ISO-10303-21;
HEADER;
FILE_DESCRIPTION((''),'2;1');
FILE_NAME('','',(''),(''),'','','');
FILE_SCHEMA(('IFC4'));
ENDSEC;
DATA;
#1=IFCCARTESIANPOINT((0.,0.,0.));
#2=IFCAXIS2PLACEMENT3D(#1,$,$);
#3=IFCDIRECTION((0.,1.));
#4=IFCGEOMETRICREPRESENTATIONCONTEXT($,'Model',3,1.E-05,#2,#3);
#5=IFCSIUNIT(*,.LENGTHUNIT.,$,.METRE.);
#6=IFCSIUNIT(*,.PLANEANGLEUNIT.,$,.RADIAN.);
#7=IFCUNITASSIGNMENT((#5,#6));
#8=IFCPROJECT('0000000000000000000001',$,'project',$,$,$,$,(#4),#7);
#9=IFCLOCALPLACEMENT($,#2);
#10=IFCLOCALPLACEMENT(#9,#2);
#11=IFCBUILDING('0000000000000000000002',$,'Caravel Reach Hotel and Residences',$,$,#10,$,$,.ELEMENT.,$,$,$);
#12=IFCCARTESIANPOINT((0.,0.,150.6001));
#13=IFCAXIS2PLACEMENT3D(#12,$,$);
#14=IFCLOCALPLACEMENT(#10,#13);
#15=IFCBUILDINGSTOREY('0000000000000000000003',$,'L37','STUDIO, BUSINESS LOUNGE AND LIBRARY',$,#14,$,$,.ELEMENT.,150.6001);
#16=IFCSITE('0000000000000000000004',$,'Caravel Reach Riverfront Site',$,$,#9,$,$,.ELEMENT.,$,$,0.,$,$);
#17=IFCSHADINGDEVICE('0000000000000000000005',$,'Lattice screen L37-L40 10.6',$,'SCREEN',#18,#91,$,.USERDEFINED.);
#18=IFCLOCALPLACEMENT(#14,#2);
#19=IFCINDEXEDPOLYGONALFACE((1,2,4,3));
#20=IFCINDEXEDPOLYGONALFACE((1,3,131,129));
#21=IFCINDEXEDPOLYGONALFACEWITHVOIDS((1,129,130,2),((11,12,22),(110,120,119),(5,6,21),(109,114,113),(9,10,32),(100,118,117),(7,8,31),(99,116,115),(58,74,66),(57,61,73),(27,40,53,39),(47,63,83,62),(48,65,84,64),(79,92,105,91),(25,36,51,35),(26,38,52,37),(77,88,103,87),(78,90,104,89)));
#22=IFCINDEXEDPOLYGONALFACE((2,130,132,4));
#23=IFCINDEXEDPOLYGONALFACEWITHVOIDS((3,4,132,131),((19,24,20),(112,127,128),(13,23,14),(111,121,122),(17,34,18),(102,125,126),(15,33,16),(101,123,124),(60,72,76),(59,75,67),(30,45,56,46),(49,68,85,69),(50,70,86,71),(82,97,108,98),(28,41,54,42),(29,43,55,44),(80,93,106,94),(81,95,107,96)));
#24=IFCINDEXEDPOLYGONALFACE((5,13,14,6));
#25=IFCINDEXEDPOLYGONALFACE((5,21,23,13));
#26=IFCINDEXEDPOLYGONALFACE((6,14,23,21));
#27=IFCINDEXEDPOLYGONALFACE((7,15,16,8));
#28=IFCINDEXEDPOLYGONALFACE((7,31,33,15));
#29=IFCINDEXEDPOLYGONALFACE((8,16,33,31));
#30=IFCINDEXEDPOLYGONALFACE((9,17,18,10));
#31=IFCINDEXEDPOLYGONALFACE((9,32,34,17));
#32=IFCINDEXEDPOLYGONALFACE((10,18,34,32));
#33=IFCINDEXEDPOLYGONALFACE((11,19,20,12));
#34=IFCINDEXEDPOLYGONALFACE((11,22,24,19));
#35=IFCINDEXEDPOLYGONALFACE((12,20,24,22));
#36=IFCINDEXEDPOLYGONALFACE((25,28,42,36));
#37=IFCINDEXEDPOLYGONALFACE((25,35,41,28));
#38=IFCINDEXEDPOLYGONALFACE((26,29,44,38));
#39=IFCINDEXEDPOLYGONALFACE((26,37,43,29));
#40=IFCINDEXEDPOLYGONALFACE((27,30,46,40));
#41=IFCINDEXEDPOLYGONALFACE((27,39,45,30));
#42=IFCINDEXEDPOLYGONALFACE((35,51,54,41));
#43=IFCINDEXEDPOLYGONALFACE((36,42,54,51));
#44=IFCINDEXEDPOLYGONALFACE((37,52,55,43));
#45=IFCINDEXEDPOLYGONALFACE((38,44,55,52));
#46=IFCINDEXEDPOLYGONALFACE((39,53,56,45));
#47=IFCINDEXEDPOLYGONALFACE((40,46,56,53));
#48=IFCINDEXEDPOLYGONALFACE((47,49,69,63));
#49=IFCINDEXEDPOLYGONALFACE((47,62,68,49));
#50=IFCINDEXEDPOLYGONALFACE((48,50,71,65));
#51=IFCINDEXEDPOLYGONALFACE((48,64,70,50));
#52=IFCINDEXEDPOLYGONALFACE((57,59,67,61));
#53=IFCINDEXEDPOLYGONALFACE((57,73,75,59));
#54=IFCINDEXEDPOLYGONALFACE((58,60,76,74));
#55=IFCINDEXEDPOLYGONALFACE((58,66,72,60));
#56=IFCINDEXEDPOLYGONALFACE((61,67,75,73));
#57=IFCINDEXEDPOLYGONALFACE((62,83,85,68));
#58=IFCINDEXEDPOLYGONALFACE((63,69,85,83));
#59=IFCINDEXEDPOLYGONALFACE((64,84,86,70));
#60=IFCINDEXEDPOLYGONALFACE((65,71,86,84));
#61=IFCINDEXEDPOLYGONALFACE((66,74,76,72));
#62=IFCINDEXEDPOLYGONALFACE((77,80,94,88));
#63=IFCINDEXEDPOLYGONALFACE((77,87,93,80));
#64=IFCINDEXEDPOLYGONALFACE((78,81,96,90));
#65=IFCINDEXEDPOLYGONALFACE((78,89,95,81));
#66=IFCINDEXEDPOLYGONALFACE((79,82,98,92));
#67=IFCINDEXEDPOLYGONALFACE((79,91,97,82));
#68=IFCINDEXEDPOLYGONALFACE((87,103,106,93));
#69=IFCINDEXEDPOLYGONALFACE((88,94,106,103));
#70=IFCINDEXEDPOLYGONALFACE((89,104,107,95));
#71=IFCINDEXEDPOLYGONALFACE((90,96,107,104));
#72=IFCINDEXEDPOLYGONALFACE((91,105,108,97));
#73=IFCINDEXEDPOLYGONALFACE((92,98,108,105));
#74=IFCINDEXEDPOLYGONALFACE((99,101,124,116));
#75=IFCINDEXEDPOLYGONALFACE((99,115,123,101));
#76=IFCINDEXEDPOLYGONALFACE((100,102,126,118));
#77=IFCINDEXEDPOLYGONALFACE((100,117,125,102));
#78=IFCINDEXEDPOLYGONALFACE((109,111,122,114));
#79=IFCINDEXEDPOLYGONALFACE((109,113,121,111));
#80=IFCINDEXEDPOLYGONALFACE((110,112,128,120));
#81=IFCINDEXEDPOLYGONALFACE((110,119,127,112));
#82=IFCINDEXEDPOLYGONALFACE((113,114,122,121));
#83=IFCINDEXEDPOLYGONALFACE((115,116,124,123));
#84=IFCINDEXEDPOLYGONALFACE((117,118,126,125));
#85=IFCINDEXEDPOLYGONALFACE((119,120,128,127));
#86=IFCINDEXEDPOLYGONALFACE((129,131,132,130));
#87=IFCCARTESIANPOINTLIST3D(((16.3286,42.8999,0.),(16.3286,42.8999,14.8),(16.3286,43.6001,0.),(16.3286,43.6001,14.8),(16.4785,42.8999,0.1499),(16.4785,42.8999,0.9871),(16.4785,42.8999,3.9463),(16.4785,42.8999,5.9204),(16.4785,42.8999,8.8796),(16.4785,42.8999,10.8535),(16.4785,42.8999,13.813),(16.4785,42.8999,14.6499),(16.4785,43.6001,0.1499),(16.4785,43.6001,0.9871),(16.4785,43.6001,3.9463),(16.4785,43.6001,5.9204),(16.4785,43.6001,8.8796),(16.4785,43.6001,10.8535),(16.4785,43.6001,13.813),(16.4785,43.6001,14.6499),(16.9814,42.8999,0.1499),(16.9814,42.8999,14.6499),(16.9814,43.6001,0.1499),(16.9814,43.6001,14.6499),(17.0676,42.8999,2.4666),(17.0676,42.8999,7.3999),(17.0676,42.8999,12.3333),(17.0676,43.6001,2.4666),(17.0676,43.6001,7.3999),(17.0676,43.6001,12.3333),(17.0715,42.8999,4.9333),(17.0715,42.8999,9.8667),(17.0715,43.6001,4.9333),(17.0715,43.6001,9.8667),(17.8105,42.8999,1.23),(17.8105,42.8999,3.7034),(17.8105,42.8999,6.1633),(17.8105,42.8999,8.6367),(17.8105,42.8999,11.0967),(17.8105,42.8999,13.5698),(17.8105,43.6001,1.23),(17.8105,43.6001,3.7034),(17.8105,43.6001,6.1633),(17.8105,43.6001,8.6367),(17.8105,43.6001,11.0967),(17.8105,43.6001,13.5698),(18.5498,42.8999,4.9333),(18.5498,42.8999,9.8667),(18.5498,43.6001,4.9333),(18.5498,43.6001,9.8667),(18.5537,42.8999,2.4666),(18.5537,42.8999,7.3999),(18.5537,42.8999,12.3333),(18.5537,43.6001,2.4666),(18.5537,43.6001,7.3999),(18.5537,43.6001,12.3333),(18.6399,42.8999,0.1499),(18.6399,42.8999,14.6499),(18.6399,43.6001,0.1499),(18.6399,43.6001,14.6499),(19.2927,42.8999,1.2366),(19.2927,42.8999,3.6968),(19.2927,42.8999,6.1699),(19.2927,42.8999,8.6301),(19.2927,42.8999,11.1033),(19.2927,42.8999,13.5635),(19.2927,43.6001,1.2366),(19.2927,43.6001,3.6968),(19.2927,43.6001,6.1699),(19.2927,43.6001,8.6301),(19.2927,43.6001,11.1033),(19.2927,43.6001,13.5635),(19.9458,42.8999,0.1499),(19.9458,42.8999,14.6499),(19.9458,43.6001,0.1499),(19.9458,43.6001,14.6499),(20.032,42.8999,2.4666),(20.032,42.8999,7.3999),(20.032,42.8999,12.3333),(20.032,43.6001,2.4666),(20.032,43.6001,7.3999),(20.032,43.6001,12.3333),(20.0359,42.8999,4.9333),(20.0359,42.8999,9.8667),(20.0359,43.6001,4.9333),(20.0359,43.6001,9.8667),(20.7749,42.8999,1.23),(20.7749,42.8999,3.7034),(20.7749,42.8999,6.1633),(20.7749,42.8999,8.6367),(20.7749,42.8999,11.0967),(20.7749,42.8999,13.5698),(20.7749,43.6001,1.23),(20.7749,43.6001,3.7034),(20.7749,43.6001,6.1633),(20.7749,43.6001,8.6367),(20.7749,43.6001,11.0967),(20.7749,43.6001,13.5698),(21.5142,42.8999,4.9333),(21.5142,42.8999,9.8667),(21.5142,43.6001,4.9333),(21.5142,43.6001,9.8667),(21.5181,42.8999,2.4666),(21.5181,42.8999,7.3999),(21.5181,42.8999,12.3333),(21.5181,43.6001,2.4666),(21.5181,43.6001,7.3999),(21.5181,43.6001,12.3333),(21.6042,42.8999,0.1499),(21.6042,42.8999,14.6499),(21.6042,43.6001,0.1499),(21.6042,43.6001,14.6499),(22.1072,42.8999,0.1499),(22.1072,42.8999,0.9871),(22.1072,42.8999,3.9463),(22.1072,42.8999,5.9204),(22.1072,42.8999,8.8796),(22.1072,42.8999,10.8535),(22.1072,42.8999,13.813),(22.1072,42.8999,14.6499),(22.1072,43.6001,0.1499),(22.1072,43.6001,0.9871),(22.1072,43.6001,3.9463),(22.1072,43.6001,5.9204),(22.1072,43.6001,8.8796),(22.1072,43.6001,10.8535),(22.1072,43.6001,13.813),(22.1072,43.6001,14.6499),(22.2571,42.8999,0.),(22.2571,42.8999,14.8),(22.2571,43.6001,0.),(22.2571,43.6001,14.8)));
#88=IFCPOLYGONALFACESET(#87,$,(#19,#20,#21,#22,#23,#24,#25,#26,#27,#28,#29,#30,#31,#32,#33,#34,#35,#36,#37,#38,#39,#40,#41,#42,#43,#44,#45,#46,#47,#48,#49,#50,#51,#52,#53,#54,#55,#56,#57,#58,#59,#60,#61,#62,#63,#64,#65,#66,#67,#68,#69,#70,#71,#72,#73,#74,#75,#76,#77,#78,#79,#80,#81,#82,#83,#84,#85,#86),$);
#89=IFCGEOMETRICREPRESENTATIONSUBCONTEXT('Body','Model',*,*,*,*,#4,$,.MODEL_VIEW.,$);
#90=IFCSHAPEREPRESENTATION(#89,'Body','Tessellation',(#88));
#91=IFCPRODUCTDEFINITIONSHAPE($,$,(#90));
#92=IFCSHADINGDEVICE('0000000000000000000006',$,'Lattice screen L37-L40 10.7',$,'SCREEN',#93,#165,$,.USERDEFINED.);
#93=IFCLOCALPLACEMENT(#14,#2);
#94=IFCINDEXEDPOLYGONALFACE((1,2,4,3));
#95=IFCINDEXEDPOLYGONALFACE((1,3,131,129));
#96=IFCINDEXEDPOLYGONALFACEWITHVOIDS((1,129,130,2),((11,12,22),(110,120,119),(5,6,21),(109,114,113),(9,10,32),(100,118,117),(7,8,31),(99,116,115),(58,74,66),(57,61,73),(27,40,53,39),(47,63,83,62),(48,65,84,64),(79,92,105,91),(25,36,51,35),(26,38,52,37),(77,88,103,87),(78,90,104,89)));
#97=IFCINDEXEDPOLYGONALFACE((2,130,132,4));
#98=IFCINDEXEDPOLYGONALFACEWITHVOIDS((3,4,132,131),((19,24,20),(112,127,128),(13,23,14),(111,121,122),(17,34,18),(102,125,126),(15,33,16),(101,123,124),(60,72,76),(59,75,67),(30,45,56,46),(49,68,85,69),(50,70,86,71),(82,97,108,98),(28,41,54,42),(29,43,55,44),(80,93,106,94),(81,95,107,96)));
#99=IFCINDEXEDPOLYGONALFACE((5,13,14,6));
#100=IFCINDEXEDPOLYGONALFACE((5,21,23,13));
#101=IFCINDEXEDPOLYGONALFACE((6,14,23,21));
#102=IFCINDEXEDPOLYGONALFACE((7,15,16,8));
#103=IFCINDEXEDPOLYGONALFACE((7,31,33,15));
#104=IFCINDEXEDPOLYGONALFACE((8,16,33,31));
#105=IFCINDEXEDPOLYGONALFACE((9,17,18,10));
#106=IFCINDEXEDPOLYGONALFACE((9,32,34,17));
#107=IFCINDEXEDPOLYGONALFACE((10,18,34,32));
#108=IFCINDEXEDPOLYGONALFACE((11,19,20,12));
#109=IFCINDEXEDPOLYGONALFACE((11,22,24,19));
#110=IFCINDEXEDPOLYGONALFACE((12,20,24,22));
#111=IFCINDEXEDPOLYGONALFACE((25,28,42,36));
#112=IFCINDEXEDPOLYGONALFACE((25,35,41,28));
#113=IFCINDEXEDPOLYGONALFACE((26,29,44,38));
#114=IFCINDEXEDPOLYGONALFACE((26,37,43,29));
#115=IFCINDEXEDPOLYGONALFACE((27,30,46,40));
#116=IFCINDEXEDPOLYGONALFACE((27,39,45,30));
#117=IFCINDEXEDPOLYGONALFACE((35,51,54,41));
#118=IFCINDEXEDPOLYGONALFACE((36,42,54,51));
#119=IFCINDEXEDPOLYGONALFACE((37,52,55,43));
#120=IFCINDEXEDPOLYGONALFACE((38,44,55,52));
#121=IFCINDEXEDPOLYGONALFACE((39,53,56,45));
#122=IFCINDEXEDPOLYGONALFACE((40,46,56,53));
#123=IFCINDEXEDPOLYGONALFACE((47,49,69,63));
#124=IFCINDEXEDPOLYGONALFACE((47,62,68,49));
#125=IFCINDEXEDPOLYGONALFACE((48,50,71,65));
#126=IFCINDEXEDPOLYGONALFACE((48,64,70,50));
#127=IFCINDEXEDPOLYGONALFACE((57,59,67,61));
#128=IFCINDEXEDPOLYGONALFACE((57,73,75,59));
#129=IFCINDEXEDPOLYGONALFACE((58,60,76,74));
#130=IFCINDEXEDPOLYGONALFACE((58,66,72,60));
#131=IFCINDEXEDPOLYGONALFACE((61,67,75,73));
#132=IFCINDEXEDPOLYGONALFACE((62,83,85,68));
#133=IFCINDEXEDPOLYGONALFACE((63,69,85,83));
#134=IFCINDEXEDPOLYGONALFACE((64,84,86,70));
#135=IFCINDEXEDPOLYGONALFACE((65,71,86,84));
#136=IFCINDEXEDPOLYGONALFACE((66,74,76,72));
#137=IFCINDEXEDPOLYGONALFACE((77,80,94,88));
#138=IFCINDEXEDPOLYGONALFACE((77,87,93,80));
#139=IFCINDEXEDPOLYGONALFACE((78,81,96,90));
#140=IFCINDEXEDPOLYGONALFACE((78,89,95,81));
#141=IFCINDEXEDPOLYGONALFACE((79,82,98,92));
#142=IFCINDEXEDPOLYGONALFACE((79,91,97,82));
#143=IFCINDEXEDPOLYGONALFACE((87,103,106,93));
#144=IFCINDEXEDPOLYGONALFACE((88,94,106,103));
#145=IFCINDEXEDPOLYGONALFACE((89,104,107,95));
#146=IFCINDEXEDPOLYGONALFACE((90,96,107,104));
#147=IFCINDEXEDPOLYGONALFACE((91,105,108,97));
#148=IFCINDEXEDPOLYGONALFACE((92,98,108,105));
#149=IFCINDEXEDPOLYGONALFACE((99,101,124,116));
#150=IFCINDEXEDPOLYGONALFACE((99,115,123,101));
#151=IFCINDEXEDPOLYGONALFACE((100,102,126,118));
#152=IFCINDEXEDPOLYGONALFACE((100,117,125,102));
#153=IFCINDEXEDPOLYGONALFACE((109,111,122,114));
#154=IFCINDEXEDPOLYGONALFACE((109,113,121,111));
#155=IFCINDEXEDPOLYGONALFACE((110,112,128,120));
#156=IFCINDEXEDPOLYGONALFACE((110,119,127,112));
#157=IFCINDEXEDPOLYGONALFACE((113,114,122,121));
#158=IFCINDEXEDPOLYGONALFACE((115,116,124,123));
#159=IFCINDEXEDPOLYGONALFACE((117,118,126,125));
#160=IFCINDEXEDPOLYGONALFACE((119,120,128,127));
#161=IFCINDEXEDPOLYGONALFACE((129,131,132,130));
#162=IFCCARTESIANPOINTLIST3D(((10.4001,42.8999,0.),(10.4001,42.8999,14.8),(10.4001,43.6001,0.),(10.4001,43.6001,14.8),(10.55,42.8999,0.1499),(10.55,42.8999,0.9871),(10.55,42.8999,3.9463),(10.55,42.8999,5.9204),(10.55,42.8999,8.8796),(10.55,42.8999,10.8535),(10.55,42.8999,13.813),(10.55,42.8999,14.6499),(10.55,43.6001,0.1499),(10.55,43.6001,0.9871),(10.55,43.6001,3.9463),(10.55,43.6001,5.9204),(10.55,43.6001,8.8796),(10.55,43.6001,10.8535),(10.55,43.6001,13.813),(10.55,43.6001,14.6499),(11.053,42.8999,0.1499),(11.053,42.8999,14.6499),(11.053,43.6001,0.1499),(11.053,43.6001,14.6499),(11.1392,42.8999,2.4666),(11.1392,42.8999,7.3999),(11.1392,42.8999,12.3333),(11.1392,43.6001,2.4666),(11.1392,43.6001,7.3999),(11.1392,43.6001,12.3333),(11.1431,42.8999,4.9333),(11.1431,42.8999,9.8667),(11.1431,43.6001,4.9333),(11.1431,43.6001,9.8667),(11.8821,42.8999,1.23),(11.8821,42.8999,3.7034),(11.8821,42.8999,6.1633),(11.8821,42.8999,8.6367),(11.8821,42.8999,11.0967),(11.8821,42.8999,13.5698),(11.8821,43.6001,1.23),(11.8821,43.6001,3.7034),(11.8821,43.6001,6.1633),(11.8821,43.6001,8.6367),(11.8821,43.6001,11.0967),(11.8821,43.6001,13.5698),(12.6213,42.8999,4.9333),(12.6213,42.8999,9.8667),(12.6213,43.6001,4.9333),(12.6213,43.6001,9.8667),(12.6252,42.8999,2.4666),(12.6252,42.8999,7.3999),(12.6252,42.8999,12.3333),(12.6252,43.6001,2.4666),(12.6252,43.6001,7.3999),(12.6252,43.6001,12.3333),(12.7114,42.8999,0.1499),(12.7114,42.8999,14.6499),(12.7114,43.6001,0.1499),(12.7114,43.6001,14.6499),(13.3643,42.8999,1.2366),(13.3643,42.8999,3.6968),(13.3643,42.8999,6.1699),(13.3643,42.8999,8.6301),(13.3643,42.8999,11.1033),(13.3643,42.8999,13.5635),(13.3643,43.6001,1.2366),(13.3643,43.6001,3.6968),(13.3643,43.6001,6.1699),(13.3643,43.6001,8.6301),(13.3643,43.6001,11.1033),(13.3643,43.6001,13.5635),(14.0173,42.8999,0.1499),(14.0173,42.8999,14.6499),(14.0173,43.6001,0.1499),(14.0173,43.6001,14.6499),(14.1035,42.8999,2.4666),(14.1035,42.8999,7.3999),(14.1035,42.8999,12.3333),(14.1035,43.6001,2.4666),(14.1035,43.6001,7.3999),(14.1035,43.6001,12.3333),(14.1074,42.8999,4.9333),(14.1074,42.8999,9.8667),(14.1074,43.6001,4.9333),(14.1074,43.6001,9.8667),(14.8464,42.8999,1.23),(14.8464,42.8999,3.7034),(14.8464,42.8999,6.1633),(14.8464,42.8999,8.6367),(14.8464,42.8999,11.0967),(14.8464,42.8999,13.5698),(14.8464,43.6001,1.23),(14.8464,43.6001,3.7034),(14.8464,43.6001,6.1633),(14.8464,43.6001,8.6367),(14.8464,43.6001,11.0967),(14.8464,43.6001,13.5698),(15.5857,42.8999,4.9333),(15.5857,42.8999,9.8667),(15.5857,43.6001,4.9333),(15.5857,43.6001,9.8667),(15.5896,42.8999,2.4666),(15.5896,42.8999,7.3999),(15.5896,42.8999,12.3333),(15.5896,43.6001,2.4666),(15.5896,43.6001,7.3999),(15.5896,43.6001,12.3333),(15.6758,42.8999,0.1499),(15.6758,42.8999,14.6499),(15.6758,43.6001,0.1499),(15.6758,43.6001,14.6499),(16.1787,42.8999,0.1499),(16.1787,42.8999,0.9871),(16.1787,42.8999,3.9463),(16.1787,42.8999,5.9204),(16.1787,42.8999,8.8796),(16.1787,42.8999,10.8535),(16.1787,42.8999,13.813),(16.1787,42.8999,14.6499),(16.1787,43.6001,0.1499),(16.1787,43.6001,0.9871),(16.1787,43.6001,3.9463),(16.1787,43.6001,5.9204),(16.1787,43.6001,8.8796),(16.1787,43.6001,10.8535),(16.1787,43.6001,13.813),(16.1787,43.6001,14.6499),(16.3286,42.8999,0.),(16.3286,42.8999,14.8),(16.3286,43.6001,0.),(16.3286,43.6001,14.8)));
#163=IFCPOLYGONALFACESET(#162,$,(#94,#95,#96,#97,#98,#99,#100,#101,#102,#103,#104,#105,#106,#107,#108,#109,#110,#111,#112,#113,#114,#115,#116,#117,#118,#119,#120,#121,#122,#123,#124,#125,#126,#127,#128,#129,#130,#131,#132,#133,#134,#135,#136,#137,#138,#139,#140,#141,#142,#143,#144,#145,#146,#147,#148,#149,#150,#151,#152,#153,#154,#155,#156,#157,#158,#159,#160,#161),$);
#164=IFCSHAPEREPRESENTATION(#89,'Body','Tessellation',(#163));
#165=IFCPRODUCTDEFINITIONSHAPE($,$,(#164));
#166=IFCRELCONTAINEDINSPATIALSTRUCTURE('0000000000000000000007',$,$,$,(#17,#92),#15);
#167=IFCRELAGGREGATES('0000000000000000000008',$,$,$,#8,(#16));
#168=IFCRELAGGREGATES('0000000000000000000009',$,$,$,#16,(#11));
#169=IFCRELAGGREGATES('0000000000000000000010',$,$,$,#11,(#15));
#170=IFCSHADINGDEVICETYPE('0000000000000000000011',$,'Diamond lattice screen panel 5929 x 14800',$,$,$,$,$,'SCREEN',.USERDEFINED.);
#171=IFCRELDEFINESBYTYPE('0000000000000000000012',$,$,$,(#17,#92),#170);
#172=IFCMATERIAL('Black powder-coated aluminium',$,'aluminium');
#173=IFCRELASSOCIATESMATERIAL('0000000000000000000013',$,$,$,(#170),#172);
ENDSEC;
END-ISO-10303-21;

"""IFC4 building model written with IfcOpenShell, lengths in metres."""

from ifc_helpers import new_model, si_unit, direction, frame, origin, place, context, subcontext, project, spatial, polyline, outline, extrude, material, type_object, element, save


model = new_model("IFC4")

# Units and contexts
model_context = context("Model", 3, precision=1e-05, world=origin(), true_north=direction((0.0, 1.0)))
body_context = subcontext(model_context, "Body", "Model", "MODEL_VIEW")
ifc_project = project(units=[si_unit("LENGTHUNIT", "METRE"), si_unit("PLANEANGLEUNIT", "RADIAN")], contexts=[model_context])

# Site, building, storey
site_placement = place(None, origin())
site = spatial("IfcSite", under=ifc_project, at=site_placement, Name="Caravel Reach Riverfront Site", CompositionType="ELEMENT", RefElevation=0.0)
building_placement = place(site_placement, origin())
building = spatial("IfcBuilding", under=site, at=building_placement, Name="Caravel Reach Hotel and Residences", CompositionType="ELEMENT")
storey_placement = place(building_placement, frame((0.0, 0.0, 150.6001)))
storey = spatial("IfcBuildingStorey", under=building, at=storey_placement, Name="L37", Description="STUDIO, BUSINESS LOUNGE AND LIBRARY", CompositionType="ELEMENT", Elevation=150.6001)

# Shading devices
ifc_material_1 = material(Name="Black powder-coated aluminium", Category="aluminium")
shading_device_type = type_object("IfcShadingDeviceType", Name="Diamond lattice screen panel 5929 x 14800", ElementType="SCREEN", PredefinedType="USERDEFINED", material=ifc_material_1)
shading_device_1_placement = place(storey_placement, frame((22.2571, 42.8999, 0.0), z_axis=(0.0, 1.0, 0.0), x_axis=(-1.0, 0.0, 0.0)))
element("IfcShadingDevice", 1, at=shading_device_1_placement, inside=storey, type_object=shading_device_type, Name="Lattice screen L37-L40 10.6", ObjectType="SCREEN", PredefinedType="USERDEFINED", context=body_context, shape_type="SweptSolid", body=[
    extrude(outline(polyline([(0.0, 0.0), (5.9285, 0.0), (5.9285, 14.8), (0.0, 14.8), (0.0, 0.0)]), holes=[polyline([(0.6528, 0.1499), (0.1499, 0.9871), (0.1499, 0.1499), (0.6528, 0.1499)]), polyline([(0.7429, 4.9333), (0.1499, 5.9204), (0.1499, 3.9463), (0.7429, 4.9333)]), polyline([(0.7429, 9.8667), (0.1499, 10.8535), (0.1499, 8.8796), (0.7429, 9.8667)]), polyline([(0.1499, 13.813), (0.6528, 14.6499), (0.1499, 14.6499), (0.1499, 13.813)]), polyline([(1.4822, 3.7034), (0.739, 2.4666), (1.4822, 1.23), (2.2251, 2.4666), (1.4822, 3.7034)]), polyline([(1.4822, 8.6367), (0.739, 7.3999), (1.4822, 6.1633), (2.2251, 7.3999), (1.4822, 8.6367)]), polyline([(1.4822, 13.5698), (0.739, 12.3333), (1.4822, 11.0967), (2.2251, 12.3333), (1.4822, 13.5698)]), polyline([(2.9644, 1.2366), (2.3113, 0.1499), (3.6172, 0.1499), (2.9644, 1.2366)]), polyline([(2.9644, 6.1699), (2.2212, 4.9333), (2.9644, 3.6968), (3.7073, 4.9333), (2.9644, 6.1699)]), polyline([(2.9644, 11.1033), (2.2212, 9.8667), (2.9644, 8.6301), (3.7073, 9.8667), (2.9644, 11.1033)]), polyline([(2.9644, 13.5635), (3.6172, 14.6499), (2.3113, 14.6499), (2.9644, 13.5635)]), polyline([(4.4465, 3.7034), (3.7034, 2.4666), (4.4465, 1.23), (5.1895, 2.4666), (4.4465, 3.7034)]), polyline([(4.4465, 8.6367), (3.7034, 7.3999), (4.4465, 6.1633), (5.1895, 7.3999), (4.4465, 8.6367)]), polyline([(4.4465, 13.5698), (3.7034, 12.3333), (4.4465, 11.0967), (5.1895, 12.3333), (4.4465, 13.5698)]), polyline([(5.7786, 0.9871), (5.2756, 0.1499), (5.7786, 0.1499), (5.7786, 0.9871)]), polyline([(5.1855, 4.9333), (5.7786, 3.9463), (5.7786, 5.9204), (5.1855, 4.9333)]), polyline([(5.1855, 9.8667), (5.7786, 8.8796), (5.7786, 10.8535), (5.1855, 9.8667)]), polyline([(5.2756, 14.6499), (5.7786, 13.813), (5.7786, 14.6499), (5.2756, 14.6499)])]), origin(), (0.0, 0.0, 1.0), 0.7002),
])
shading_device_2_placement = place(storey_placement, frame((16.3286, 42.8999, 0.0), z_axis=(0.0, 1.0, 0.0), x_axis=(-1.0, 0.0, 0.0)))
element("IfcShadingDevice", 2, at=shading_device_2_placement, inside=storey, type_object=shading_device_type, Name="Lattice screen L37-L40 10.7", ObjectType="SCREEN", PredefinedType="USERDEFINED", context=body_context, shape_type="SweptSolid", body=[
    extrude(outline(polyline([(0.0, 0.0), (5.9285, 0.0), (5.9285, 14.8), (0.0, 14.8), (0.0, 0.0)]), holes=[polyline([(0.6528, 0.1499), (0.1499, 0.9871), (0.1499, 0.1499), (0.6528, 0.1499)]), polyline([(0.7429, 4.9333), (0.1499, 5.9204), (0.1499, 3.9463), (0.7429, 4.9333)]), polyline([(0.7429, 9.8667), (0.1499, 10.8535), (0.1499, 8.8796), (0.7429, 9.8667)]), polyline([(0.1499, 13.813), (0.6528, 14.6499), (0.1499, 14.6499), (0.1499, 13.813)]), polyline([(1.4822, 3.7034), (0.739, 2.4666), (1.4822, 1.23), (2.2251, 2.4666), (1.4822, 3.7034)]), polyline([(1.4822, 8.6367), (0.739, 7.3999), (1.4822, 6.1633), (2.2251, 7.3999), (1.4822, 8.6367)]), polyline([(1.4822, 13.5698), (0.739, 12.3333), (1.4822, 11.0967), (2.2251, 12.3333), (1.4822, 13.5698)]), polyline([(2.9644, 1.2366), (2.3113, 0.1499), (3.6172, 0.1499), (2.9644, 1.2366)]), polyline([(2.9644, 6.1699), (2.2212, 4.9333), (2.9644, 3.6968), (3.7073, 4.9333), (2.9644, 6.1699)]), polyline([(2.9644, 11.1033), (2.2212, 9.8667), (2.9644, 8.6301), (3.7073, 9.8667), (2.9644, 11.1033)]), polyline([(2.9644, 13.5635), (3.6172, 14.6499), (2.3113, 14.6499), (2.9644, 13.5635)]), polyline([(4.4465, 3.7034), (3.7034, 2.4666), (4.4465, 1.23), (5.1895, 2.4666), (4.4465, 3.7034)]), polyline([(4.4465, 8.6367), (3.7034, 7.3999), (4.4465, 6.1633), (5.1895, 7.3999), (4.4465, 8.6367)]), polyline([(4.4465, 13.5698), (3.7034, 12.3333), (4.4465, 11.0967), (5.1895, 12.3333), (4.4465, 13.5698)]), polyline([(5.7786, 0.9871), (5.2756, 0.1499), (5.7786, 0.1499), (5.7786, 0.9871)]), polyline([(5.1855, 4.9333), (5.7786, 3.9463), (5.7786, 5.9204), (5.1855, 4.9333)]), polyline([(5.1855, 9.8667), (5.7786, 8.8796), (5.7786, 10.8535), (5.1855, 9.8667)]), polyline([(5.2756, 14.6499), (5.7786, 13.813), (5.7786, 14.6499), (5.2756, 14.6499)])]), origin(), (0.0, 0.0, 1.0), 0.7002),
])

save(model, "model.ifc")
